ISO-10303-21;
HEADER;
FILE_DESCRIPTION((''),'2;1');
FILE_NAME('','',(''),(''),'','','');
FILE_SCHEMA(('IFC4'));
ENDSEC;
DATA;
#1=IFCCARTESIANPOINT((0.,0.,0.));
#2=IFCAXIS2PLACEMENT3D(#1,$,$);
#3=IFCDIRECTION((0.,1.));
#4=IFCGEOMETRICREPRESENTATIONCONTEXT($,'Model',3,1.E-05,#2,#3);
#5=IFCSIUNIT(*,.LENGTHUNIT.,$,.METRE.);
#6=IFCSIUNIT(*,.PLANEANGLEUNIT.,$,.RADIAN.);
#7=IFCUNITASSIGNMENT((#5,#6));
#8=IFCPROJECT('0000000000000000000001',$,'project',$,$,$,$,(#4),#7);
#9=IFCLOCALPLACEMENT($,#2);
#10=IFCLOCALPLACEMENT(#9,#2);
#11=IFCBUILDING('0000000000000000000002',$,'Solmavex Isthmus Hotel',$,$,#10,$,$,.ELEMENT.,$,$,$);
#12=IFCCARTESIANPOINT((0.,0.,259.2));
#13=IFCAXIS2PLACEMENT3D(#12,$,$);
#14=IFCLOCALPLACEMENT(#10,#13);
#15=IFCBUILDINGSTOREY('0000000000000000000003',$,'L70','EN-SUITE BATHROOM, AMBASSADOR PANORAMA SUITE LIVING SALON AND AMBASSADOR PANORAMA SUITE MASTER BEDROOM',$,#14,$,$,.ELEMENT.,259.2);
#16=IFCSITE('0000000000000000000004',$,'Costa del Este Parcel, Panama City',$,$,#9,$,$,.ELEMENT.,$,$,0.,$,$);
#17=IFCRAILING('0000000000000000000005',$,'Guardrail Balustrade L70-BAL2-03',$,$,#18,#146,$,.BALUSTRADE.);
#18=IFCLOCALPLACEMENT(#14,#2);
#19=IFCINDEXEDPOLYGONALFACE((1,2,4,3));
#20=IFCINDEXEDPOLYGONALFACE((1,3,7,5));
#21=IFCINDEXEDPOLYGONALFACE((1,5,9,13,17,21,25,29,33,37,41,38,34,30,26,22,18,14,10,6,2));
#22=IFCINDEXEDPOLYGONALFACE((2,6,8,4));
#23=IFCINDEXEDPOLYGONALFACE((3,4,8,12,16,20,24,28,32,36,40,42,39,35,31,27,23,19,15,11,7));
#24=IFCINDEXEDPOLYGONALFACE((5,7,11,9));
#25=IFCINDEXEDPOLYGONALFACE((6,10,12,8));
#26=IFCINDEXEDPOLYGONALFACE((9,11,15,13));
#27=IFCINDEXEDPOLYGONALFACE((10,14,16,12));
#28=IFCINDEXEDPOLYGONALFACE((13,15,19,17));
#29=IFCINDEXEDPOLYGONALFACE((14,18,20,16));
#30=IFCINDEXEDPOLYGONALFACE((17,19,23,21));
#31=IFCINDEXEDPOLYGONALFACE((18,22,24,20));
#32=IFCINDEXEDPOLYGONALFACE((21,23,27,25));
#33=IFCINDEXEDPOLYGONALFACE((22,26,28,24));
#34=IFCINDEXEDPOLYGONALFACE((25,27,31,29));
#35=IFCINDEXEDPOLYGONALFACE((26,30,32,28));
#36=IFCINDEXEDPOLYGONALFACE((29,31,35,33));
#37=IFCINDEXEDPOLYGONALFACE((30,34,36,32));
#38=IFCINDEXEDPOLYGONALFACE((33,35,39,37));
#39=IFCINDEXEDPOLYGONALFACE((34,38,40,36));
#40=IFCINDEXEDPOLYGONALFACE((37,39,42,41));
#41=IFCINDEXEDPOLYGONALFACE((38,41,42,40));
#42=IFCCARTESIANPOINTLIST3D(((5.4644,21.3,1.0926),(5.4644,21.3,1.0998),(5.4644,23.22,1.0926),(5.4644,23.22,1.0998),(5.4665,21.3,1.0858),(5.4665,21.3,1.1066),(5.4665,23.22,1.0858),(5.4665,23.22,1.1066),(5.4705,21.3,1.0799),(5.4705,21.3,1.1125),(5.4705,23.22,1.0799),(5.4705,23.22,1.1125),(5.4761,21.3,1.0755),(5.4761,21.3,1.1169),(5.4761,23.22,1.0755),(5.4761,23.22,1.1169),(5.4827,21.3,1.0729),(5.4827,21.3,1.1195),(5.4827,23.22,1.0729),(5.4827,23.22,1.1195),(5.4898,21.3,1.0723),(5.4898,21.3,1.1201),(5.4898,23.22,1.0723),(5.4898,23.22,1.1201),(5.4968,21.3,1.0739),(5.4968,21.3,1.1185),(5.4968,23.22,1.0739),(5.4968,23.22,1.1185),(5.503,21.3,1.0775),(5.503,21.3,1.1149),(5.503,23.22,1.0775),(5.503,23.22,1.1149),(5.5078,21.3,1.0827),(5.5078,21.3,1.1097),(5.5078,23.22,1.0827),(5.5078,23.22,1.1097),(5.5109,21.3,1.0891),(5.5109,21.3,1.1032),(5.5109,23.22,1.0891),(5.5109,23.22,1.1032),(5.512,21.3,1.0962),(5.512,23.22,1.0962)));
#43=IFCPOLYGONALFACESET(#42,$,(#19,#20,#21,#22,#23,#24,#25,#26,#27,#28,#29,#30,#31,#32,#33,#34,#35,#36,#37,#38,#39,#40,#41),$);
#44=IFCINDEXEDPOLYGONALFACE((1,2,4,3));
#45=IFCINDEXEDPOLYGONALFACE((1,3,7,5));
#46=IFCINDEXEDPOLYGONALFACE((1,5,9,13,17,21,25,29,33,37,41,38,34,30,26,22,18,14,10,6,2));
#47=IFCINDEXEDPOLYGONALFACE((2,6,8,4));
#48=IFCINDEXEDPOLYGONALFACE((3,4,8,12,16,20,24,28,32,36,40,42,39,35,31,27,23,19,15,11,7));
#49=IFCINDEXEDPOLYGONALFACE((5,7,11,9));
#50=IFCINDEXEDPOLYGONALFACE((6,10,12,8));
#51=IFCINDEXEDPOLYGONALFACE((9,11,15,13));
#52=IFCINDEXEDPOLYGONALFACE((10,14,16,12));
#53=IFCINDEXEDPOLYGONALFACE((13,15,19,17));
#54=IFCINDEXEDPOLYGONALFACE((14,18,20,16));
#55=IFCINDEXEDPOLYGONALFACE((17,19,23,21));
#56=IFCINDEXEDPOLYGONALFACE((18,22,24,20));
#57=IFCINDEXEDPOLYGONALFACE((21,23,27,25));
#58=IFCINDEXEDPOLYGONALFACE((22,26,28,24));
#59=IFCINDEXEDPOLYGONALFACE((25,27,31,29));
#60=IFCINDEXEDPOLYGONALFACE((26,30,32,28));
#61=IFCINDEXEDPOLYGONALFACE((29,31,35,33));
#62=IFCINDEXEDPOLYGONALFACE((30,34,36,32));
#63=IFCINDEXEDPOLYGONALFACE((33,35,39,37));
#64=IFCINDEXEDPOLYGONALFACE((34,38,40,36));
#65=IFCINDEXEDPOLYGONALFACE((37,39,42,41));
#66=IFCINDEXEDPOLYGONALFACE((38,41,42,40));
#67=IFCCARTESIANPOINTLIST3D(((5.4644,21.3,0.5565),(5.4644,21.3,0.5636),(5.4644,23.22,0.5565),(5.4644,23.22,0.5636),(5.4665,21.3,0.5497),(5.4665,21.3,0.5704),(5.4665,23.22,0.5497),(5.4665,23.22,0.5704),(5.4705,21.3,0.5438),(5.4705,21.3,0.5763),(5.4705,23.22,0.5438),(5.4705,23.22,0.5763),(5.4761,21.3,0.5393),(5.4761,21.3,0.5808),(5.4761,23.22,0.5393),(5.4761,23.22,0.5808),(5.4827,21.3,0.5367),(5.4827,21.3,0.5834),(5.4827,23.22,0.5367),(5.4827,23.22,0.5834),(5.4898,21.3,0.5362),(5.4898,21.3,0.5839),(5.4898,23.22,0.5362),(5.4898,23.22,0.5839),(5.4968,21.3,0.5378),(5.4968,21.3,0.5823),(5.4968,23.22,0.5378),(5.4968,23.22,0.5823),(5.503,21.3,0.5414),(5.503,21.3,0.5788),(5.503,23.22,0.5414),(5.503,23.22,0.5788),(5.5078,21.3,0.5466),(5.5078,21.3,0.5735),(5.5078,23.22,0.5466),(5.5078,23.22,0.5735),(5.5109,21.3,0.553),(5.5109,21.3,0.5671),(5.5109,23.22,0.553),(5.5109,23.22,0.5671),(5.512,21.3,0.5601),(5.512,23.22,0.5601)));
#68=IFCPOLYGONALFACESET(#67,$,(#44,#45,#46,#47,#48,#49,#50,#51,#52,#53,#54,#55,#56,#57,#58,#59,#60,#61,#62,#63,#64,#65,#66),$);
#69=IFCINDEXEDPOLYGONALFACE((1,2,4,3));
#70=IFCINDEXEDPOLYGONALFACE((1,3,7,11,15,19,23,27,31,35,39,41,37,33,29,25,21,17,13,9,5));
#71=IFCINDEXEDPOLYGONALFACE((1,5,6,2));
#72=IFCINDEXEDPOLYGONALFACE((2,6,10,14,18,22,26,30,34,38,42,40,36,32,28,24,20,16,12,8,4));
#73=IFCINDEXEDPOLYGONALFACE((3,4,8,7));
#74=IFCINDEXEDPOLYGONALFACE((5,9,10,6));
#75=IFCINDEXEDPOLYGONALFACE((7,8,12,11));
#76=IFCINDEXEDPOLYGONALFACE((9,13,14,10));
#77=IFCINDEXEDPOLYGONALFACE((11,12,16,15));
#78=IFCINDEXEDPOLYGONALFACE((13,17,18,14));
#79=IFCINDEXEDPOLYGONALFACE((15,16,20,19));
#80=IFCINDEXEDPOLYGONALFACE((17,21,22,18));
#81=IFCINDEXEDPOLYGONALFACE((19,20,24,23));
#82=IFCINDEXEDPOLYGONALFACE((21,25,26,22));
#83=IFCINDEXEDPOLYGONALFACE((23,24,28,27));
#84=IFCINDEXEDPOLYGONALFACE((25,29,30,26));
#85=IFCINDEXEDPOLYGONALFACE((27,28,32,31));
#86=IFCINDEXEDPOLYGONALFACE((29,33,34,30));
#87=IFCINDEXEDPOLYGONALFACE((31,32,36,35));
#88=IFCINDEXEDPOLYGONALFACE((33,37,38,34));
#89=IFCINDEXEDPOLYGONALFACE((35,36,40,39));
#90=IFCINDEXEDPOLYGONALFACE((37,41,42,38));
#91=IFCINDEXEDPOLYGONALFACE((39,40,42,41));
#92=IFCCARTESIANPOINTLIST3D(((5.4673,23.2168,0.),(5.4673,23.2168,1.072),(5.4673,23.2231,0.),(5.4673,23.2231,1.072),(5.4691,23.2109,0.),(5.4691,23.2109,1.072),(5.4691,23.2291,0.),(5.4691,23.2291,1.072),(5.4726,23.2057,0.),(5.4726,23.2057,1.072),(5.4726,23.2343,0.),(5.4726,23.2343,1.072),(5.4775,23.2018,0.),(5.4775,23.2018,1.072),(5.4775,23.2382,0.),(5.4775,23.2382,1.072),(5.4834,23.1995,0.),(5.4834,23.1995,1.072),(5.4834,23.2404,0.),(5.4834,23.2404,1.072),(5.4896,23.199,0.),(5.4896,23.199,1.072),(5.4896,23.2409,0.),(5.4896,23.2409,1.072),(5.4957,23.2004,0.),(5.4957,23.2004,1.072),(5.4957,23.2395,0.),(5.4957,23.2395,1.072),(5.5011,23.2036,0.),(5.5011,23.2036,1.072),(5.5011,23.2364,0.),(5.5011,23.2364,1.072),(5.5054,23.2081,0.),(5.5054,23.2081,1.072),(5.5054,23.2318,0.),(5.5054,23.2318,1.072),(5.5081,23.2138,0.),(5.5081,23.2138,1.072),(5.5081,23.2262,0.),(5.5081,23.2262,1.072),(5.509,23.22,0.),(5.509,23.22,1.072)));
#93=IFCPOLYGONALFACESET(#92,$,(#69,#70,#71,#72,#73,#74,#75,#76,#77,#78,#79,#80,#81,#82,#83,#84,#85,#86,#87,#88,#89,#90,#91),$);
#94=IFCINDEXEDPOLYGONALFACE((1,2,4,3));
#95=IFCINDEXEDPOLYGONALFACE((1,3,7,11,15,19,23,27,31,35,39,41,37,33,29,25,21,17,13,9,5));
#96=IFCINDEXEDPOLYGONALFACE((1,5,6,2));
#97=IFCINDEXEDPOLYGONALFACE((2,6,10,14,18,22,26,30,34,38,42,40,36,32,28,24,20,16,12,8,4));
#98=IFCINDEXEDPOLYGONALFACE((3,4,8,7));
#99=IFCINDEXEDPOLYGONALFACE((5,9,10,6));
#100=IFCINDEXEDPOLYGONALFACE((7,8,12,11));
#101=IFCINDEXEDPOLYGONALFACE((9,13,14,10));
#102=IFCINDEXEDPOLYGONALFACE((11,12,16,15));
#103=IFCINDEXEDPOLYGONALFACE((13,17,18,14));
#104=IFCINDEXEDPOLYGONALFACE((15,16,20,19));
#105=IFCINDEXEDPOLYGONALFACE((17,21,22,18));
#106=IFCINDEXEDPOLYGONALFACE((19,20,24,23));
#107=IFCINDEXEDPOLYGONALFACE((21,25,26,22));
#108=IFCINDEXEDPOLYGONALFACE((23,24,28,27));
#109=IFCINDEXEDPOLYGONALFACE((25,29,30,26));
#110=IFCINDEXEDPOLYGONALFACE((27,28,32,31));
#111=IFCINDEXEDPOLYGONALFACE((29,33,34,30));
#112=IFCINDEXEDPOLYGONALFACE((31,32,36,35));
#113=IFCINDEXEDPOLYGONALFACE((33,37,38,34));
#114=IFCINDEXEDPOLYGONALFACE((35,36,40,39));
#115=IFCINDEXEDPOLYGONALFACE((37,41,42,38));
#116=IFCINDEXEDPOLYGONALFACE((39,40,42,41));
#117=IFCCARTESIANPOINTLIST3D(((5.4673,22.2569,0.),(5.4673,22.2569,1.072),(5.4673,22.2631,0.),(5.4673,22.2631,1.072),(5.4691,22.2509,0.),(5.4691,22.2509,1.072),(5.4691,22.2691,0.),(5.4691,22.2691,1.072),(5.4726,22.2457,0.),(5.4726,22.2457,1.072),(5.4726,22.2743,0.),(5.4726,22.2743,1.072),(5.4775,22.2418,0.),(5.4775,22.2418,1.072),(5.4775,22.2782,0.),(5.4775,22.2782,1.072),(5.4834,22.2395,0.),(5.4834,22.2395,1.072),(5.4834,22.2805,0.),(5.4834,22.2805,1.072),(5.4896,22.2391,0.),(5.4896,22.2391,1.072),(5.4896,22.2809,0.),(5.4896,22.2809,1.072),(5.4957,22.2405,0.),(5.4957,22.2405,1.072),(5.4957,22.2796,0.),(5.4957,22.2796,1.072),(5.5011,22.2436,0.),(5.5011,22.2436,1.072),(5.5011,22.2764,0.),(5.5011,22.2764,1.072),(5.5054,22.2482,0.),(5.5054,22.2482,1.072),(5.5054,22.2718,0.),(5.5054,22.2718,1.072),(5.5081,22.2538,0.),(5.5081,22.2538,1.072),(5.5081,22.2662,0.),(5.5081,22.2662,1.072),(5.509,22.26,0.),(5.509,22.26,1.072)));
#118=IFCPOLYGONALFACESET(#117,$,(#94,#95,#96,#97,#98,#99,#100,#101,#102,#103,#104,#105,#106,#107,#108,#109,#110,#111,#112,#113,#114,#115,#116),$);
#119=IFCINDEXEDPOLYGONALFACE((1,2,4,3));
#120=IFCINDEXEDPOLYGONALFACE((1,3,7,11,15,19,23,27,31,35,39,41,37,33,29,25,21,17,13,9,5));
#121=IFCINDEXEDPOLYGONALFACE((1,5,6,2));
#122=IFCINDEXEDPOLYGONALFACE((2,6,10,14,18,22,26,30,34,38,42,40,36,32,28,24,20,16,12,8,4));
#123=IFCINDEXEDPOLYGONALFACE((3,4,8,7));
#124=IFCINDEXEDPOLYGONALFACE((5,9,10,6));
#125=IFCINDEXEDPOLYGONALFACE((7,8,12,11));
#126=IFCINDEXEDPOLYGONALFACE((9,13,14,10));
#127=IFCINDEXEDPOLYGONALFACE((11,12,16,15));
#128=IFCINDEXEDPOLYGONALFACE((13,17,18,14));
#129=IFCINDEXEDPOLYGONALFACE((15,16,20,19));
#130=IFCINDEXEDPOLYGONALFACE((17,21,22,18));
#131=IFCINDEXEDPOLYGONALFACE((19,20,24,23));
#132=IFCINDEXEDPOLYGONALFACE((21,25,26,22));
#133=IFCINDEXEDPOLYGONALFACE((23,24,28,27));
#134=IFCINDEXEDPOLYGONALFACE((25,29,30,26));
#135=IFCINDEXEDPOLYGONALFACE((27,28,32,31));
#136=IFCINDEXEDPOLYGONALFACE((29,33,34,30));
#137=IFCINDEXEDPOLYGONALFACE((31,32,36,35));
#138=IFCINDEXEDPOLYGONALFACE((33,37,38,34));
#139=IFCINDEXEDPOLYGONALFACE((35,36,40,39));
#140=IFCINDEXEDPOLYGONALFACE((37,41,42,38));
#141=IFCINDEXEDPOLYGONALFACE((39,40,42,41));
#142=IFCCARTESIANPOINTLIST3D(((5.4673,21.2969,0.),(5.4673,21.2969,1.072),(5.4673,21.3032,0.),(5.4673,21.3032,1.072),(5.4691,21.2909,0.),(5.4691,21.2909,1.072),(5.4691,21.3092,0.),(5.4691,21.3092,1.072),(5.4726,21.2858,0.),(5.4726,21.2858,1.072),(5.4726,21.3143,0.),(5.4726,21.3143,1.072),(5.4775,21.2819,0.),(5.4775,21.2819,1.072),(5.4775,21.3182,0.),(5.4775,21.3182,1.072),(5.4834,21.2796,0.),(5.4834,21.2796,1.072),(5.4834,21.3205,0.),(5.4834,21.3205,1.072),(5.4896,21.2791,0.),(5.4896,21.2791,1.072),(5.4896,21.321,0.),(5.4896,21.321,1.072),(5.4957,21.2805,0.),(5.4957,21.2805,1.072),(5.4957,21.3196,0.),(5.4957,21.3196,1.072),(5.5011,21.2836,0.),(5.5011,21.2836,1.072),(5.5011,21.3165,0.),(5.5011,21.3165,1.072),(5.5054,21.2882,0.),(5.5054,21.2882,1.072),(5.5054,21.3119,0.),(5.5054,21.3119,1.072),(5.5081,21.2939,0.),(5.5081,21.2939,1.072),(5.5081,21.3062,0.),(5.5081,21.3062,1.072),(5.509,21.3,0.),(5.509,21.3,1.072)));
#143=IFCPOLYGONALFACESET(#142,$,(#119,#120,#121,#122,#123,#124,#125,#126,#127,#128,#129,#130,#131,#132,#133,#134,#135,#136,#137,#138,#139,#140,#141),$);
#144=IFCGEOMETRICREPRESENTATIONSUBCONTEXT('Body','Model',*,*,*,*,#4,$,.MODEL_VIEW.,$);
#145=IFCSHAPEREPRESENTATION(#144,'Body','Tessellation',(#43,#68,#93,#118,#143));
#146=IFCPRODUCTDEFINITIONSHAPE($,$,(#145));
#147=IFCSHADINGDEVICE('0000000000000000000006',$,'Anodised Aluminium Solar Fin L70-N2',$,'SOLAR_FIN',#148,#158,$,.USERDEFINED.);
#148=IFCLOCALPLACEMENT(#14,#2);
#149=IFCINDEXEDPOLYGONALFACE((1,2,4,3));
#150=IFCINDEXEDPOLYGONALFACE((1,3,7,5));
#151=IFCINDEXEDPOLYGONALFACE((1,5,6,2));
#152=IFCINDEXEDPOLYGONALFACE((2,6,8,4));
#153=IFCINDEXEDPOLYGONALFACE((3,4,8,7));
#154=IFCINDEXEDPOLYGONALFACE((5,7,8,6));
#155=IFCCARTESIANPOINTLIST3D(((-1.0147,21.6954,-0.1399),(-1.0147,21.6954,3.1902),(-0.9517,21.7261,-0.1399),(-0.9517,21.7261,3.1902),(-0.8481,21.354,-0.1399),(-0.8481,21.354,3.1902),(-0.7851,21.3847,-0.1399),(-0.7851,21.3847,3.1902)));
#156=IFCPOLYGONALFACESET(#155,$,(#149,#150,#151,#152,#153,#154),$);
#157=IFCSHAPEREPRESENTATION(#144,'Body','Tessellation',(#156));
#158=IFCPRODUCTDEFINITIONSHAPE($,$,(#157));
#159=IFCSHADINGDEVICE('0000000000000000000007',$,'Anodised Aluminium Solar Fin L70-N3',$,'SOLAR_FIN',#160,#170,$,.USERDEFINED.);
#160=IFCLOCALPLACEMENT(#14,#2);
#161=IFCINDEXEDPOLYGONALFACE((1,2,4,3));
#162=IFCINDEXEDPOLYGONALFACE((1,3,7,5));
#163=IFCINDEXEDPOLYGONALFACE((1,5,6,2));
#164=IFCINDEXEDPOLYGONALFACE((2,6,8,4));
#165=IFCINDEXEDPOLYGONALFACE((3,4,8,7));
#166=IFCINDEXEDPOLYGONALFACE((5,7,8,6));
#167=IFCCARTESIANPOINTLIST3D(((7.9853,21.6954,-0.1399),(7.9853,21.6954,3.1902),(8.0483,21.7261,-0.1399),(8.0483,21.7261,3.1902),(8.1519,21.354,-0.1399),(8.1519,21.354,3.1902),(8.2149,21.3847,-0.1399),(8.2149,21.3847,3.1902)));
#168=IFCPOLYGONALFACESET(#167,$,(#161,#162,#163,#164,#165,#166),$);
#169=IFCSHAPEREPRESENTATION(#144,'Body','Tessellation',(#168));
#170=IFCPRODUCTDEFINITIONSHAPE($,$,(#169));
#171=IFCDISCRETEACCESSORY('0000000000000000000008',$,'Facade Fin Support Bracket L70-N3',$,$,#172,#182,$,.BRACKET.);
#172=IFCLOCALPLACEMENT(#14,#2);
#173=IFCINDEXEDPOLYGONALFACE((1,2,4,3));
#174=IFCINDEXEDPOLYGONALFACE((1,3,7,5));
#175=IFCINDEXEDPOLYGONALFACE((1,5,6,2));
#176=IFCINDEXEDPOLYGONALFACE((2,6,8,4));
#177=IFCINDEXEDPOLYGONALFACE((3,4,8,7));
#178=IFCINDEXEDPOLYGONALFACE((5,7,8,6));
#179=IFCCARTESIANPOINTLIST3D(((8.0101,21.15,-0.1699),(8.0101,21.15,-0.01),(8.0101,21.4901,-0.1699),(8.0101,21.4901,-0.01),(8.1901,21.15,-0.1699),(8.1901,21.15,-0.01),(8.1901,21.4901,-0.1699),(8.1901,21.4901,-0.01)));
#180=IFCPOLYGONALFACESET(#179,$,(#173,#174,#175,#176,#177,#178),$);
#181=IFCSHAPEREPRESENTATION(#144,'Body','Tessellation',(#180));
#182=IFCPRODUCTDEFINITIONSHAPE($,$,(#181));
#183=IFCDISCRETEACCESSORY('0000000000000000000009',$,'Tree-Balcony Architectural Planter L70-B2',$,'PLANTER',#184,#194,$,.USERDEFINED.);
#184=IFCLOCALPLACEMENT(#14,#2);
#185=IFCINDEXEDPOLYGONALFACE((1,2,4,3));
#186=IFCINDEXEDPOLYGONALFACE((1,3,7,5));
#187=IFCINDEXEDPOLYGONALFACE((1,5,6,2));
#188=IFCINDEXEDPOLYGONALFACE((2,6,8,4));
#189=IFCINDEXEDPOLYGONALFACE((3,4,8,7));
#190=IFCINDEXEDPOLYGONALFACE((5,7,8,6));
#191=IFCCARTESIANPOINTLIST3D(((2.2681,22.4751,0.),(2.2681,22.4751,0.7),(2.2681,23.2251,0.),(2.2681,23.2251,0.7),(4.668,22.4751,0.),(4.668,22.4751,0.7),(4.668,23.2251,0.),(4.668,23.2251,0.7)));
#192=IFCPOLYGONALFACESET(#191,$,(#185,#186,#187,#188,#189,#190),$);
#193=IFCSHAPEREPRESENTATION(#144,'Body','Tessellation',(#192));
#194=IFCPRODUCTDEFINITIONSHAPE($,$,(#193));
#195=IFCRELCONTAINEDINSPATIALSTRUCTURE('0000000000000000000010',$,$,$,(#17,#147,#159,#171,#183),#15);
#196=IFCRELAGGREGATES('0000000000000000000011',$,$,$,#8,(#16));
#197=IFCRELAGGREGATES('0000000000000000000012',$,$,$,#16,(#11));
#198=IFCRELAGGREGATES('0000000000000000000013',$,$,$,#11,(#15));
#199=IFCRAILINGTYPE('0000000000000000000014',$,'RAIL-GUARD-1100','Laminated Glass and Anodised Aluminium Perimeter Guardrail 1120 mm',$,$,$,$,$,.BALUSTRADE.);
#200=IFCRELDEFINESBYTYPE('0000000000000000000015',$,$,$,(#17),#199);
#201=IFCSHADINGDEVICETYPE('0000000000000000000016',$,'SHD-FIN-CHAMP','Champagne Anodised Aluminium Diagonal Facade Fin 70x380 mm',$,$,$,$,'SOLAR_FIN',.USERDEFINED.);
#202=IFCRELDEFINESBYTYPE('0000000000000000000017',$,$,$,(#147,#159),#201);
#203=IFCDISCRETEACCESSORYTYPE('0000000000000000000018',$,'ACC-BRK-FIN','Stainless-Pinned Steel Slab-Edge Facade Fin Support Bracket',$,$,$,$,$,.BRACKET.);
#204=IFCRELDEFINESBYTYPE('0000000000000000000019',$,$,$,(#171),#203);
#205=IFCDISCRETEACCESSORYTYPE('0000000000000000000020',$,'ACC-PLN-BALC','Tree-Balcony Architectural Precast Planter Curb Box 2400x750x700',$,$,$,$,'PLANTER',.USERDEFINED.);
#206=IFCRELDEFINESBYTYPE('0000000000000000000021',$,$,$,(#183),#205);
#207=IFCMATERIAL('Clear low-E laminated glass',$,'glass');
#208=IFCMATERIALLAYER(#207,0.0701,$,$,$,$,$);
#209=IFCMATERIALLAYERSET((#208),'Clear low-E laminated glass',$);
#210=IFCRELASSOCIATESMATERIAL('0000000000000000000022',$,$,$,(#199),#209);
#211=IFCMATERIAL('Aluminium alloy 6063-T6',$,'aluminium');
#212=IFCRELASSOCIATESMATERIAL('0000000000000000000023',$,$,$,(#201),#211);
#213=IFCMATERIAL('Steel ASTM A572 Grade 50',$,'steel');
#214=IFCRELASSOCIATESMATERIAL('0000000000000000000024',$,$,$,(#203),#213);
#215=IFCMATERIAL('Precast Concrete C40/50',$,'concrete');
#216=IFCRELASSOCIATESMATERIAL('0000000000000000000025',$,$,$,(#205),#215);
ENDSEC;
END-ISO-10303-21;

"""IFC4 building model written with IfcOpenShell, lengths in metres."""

from ifc_helpers import new_model, si_unit, direction, frame, origin, origin_2d, place, context, subcontext, project, spatial, rectangle, circle, extrude, material, layer, layer_set, type_object, element, save


model = new_model("IFC4")

# Units and contexts
model_context = context("Model", 3, precision=1e-05, world=origin(), true_north=direction((0.0, 1.0)))
body_context = subcontext(model_context, "Body", "Model", "MODEL_VIEW")
ifc_project = project(units=[si_unit("LENGTHUNIT", "METRE"), si_unit("PLANEANGLEUNIT", "RADIAN")], contexts=[model_context])

# Site, building, storey
site_placement = place(None, origin())
site = spatial("IfcSite", under=ifc_project, at=site_placement, Name="Costa del Este Parcel, Panama City", CompositionType="ELEMENT", RefElevation=0.0)
building_placement = place(site_placement, origin())
building = spatial("IfcBuilding", under=site, at=building_placement, Name="Solmavex Isthmus Hotel", CompositionType="ELEMENT")
storey_placement = place(building_placement, frame((0.0, 0.0, 259.2)))
storey = spatial("IfcBuildingStorey", under=building, at=storey_placement, Name="L70", Description="EN-SUITE BATHROOM, AMBASSADOR PANORAMA SUITE LIVING SALON AND AMBASSADOR PANORAMA SUITE MASTER BEDROOM", CompositionType="ELEMENT", Elevation=259.2)

# Shared definitions
ifc_material_1 = material(Name="Aluminium alloy 6063-T6", Category="aluminium")

# Shared definitions
ifc_material_2 = material(Name="Clear low-E laminated glass", Category="glass")

# Shared definitions
ifc_material_3 = material(Name="Precast Concrete C40/50", Category="concrete")

# Railing
ifc_layer_1 = layer(ifc_material_2, 0.0701)
ifc_layer_set_1 = layer_set([ifc_layer_1], Name="Clear low-E laminated glass")
railing_type = type_object("IfcRailingType", Name="RAIL-GUARD-1100", Description="Laminated Glass and Anodised Aluminium Perimeter Guardrail 1120 mm", PredefinedType="BALUSTRADE", material=ifc_layer_set_1)
railing_1_placement = place(storey_placement, frame((5.488, 23.22, 0.0)))
element("IfcRailing", 1, at=railing_1_placement, inside=storey, type_object=railing_type, Name="Guardrail Balustrade L70-BAL2-03", PredefinedType="BALUSTRADE", context=body_context, shape_type="SweptSolid", body=[
    extrude(circle(Radius=0.0239, at=origin_2d()), frame((0.0, 0.0, 1.0962), z_axis=(0.0, -1.0, 0.0), x_axis=(1.0, 0.0, 0.0)), (0.0, 0.0, 1.0), 1.9199),
    extrude(circle(Radius=0.0239, at=origin_2d()), frame((0.0, 0.0, 0.5601), z_axis=(0.0, -1.0, 0.0), x_axis=(1.0, 0.0, 0.0)), (0.0, 0.0, 1.0), 1.9199),
    extrude(circle(Radius=0.021, at=origin_2d()), origin(), (0.0, 0.0, 1.0), 1.072),
    extrude(circle(Radius=0.021, at=origin_2d()), frame((0.0, -0.96, 0.0)), (0.0, 0.0, 1.0), 1.072),
    extrude(circle(Radius=0.021, at=origin_2d()), frame((0.0, -1.9199, 0.0)), (0.0, 0.0, 1.0), 1.072),
])

# Shading devices
shading_device_type = type_object("IfcShadingDeviceType", Name="SHD-FIN-CHAMP", Description="Champagne Anodised Aluminium Diagonal Facade Fin 70x380 mm", ElementType="SOLAR_FIN", PredefinedType="USERDEFINED", material=ifc_material_1)
for number, where, z_axis, x_axis, name in (
    (2, (-0.8999, 21.54, -0.1399), (0.0, 0.0, 1.0), (-0.438371, 0.898794, 0.0), "Anodised Aluminium Solar Fin L70-N2"),
    (3, (8.1001, 21.54, -0.1399), (0.0, 0.0, 1.0), (-0.438371, 0.898794, 0.0), "Anodised Aluminium Solar Fin L70-N3"),
):
    element("IfcShadingDevice", number, at=place(storey_placement, frame(where, z_axis=z_axis, x_axis=x_axis)), inside=storey, type_object=shading_device_type, Name=name, ObjectType="SOLAR_FIN", PredefinedType="USERDEFINED", context=body_context, shape_type="SweptSolid", body=[
        extrude(rectangle(XDim=0.3799, YDim=0.0701, at=origin_2d()), origin(), (0.0, 0.0, 1.0), 3.3301),
    ])

# Discrete accessories
ifc_material_4 = material(Name="Steel ASTM A572 Grade 50", Category="steel")
discrete_accessory_type_1 = type_object("IfcDiscreteAccessoryType", Name="ACC-BRK-FIN", Description="Stainless-Pinned Steel Slab-Edge Facade Fin Support Bracket", PredefinedType="BRACKET", material=ifc_material_4)
discrete_accessory_1_placement = place(storey_placement, frame((8.1001, 21.3201, -0.1699), z_axis=(0.0, 0.0, 1.0), x_axis=(0.0, 1.0, 0.0)))
element("IfcDiscreteAccessory", 4, at=discrete_accessory_1_placement, inside=storey, type_object=discrete_accessory_type_1, Name="Facade Fin Support Bracket L70-N3", PredefinedType="BRACKET", context=body_context, shape_type="SweptSolid", body=[
    extrude(rectangle(XDim=0.3401, YDim=0.1799, at=origin_2d()), origin(), (0.0, 0.0, 1.0), 0.1599),
])
discrete_accessory_type_2 = type_object("IfcDiscreteAccessoryType", Name="ACC-PLN-BALC", Description="Tree-Balcony Architectural Precast Planter Curb Box 2400x750x700", ElementType="PLANTER", PredefinedType="USERDEFINED", material=ifc_material_3)
discrete_accessory_2_placement = place(storey_placement, frame((3.468, 22.8501, 0.0), z_axis=(0.0, 0.0, 1.0), x_axis=(1.0, 0.0, 0.0)))
element("IfcDiscreteAccessory", 5, at=discrete_accessory_2_placement, inside=storey, type_object=discrete_accessory_type_2, Name="Tree-Balcony Architectural Planter L70-B2", ObjectType="PLANTER", PredefinedType="USERDEFINED", context=body_context, shape_type="SweptSolid", body=[
    extrude(rectangle(XDim=2.3999, YDim=0.75, at=origin_2d()), origin(), (0.0, 0.0, 1.0), 0.7),
])

save(model, "model.ifc")
